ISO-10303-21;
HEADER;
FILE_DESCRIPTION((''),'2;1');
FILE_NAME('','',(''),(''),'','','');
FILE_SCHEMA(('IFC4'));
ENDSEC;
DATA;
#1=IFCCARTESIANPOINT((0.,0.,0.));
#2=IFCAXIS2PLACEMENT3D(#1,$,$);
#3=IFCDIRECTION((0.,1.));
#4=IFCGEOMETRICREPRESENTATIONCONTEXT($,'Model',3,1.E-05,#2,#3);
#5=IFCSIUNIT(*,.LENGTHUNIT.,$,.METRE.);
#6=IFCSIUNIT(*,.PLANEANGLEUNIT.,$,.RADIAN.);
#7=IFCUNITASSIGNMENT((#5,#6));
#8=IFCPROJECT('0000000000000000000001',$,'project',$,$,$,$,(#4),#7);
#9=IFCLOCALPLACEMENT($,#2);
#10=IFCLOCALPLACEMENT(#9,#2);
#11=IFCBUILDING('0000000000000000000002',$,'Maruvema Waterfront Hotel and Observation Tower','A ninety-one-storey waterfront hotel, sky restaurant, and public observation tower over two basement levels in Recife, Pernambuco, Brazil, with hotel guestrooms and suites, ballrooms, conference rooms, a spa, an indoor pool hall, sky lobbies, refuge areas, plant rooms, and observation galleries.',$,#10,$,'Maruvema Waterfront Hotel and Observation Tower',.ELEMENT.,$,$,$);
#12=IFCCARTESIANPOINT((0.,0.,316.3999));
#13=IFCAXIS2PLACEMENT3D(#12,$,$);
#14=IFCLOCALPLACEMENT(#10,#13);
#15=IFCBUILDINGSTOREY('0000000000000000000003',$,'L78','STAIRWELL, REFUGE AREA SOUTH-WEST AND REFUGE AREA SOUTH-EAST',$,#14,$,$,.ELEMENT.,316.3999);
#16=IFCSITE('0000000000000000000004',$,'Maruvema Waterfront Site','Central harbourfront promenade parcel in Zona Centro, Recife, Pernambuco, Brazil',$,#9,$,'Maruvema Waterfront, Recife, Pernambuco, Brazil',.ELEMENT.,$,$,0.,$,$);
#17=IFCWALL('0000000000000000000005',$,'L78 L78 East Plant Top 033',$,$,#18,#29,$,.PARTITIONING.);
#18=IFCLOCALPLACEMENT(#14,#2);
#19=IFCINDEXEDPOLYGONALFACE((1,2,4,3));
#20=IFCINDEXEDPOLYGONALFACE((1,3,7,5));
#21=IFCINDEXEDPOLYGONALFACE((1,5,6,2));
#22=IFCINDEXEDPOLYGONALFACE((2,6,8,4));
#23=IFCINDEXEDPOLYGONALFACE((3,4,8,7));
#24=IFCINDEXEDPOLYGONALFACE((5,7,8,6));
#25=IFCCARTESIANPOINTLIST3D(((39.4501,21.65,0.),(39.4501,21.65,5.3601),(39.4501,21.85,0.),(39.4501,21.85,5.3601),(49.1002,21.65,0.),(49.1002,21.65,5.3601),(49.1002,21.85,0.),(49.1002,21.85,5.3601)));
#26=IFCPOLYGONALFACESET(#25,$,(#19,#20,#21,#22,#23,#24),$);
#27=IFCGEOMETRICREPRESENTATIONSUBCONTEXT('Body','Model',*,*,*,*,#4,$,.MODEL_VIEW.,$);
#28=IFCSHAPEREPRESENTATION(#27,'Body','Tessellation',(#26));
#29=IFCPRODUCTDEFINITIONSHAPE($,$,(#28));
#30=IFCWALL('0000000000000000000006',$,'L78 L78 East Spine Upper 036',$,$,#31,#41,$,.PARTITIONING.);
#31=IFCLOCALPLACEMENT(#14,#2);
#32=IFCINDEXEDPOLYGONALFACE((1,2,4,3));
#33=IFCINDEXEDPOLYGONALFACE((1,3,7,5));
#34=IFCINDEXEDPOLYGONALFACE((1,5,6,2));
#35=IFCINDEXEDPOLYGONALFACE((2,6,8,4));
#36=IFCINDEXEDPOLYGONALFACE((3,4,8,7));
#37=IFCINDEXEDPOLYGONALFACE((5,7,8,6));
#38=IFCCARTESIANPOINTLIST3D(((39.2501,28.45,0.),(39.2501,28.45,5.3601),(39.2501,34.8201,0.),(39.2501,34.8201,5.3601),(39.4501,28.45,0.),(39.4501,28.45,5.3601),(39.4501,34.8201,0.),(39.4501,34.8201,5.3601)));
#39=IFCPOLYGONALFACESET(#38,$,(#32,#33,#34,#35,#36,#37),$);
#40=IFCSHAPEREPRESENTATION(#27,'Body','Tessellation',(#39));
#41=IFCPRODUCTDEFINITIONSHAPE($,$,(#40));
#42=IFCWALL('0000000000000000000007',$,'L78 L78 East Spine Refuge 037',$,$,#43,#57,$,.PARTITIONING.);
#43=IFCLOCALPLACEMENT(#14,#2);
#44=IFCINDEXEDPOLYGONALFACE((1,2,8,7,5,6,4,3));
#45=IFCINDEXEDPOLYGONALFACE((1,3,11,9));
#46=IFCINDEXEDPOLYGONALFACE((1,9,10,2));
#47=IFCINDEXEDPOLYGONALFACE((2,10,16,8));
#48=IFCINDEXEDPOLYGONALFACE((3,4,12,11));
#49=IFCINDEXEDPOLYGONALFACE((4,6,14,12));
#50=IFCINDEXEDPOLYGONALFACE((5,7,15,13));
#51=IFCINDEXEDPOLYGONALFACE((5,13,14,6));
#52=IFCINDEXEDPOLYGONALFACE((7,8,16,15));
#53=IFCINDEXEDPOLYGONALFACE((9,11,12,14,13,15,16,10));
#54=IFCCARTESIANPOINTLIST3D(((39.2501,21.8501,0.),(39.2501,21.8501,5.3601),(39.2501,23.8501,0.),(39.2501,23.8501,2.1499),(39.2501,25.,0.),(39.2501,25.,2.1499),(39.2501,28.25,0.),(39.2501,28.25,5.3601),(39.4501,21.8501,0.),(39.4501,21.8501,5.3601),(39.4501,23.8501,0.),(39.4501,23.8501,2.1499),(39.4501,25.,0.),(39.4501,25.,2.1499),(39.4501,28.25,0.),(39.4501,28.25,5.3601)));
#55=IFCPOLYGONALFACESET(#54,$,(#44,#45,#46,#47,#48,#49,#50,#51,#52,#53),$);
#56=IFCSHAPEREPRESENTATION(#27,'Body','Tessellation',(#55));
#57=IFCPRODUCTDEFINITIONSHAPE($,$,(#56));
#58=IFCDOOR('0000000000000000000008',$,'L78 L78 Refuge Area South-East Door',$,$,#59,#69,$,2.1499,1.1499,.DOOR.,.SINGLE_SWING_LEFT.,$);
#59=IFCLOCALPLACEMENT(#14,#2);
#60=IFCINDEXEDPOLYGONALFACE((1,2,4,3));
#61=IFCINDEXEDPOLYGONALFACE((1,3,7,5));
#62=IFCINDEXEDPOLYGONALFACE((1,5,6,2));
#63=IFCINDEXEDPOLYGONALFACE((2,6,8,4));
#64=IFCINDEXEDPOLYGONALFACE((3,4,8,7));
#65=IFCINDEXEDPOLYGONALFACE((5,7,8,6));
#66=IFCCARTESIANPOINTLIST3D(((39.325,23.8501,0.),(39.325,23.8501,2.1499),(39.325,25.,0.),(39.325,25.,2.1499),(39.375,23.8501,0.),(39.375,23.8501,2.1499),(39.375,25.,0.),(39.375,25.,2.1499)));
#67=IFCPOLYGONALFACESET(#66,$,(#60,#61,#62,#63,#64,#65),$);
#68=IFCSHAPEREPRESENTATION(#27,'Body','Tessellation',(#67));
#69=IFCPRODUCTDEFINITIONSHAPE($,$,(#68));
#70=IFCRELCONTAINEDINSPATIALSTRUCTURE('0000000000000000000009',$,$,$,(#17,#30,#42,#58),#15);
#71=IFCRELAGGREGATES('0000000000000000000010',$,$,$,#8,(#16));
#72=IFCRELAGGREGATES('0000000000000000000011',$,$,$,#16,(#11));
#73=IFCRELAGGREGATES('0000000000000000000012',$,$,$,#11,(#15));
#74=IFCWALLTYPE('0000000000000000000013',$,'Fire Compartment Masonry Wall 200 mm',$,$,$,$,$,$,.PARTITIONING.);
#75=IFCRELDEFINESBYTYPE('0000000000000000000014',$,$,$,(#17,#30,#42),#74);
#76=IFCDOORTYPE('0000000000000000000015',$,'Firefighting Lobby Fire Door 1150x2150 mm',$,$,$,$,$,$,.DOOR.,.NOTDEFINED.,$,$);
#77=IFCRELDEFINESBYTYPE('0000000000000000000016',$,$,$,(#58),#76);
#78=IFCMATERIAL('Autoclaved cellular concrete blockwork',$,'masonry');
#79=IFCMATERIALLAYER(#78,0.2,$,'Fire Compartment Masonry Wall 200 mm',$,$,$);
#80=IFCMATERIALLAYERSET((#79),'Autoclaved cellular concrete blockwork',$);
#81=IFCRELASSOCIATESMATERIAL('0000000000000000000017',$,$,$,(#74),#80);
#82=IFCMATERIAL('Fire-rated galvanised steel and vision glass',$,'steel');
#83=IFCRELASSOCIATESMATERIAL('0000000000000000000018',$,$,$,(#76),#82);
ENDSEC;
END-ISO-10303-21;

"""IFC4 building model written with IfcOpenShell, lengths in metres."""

from ifc_helpers import new_model, si_unit, direction, frame, frame_2d, origin, place, context, subcontext, project, spatial, rectangle, extrude, material, layer, layer_set, type_object, element, fill, save


model = new_model("IFC4")

# Units and contexts
model_context = context("Model", 3, precision=1e-05, world=origin(), true_north=direction((0.0, 1.0)))
body_context = subcontext(model_context, "Body", "Model", "MODEL_VIEW")
ifc_project = project(units=[si_unit("LENGTHUNIT", "METRE"), si_unit("PLANEANGLEUNIT", "RADIAN")], contexts=[model_context])

# Site, building, storey
site_placement = place(None, origin())
site = spatial("IfcSite", under=ifc_project, at=site_placement, Name="Maruvema Waterfront Site", Description="Central harbourfront promenade parcel in Zona Centro, Recife, Pernambuco, Brazil", LongName="Maruvema Waterfront, Recife, Pernambuco, Brazil", CompositionType="ELEMENT", RefElevation=0.0)
building_placement = place(site_placement, origin())
building = spatial("IfcBuilding", under=site, at=building_placement, Name="Maruvema Waterfront Hotel and Observation Tower", Description="A ninety-one-storey waterfront hotel, sky restaurant, and public observation tower over two basement levels in Recife, Pernambuco, Brazil, with hotel guestrooms and suites, ballrooms, conference rooms, a spa, an indoor pool hall, sky lobbies, refuge areas, plant rooms, and observation galleries.", LongName="Maruvema Waterfront Hotel and Observation Tower", CompositionType="ELEMENT")
storey_placement = place(building_placement, frame((0.0, 0.0, 316.3999)))
storey = spatial("IfcBuildingStorey", under=building, at=storey_placement, Name="L78", Description="STAIRWELL, REFUGE AREA SOUTH-WEST AND REFUGE AREA SOUTH-EAST", CompositionType="ELEMENT", Elevation=316.3999)

# Shared definitions
ifc_material_1 = material(Name="Autoclaved cellular concrete blockwork", Category="masonry")
ifc_layer_1 = layer(ifc_material_1, 0.2, Name="Fire Compartment Masonry Wall 200 mm")
ifc_layer_set_1 = layer_set([ifc_layer_1], Name="Autoclaved cellular concrete blockwork")
wall_type = type_object("IfcWallType", Name="Fire Compartment Masonry Wall 200 mm", PredefinedType="PARTITIONING", material=ifc_layer_set_1)

# Shared definitions
ifc_material_2 = material(Name="Fire-rated galvanised steel and vision glass", Category="steel")
door_type = type_object("IfcDoorType", Name="Firefighting Lobby Fire Door 1150x2150 mm", OperationType="NOTDEFINED", PredefinedType="DOOR", material=ifc_material_2)

# Walls
for number, where, z_axis, x_axis, name in (
    (1, (39.45, 21.75, 0.0), (0.0, 0.0, 1.0), (1.0, 0.0, 0.0), "L78 L78 East Plant Top 033"),
):
    element("IfcWall", number, at=place(storey_placement, frame(where, z_axis=z_axis, x_axis=x_axis)), inside=storey, type_object=wall_type, Name=name, PredefinedType="PARTITIONING", context=body_context, shape_type="SweptSolid", body=[
        extrude(rectangle(XDim=9.6501, YDim=0.2, at=frame_2d((4.8252, 0.0))), origin(), (0.0, 0.0, 1.0), 5.3601),
    ])
wall_1_placement = place(storey_placement, frame((39.3501, 28.45, 0.0), z_axis=(0.0, 0.0, 1.0), x_axis=(0.0, 1.0, 0.0)))
element("IfcWall", 2, at=wall_1_placement, inside=storey, type_object=wall_type, Name="L78 L78 East Spine Upper 036", PredefinedType="PARTITIONING", context=body_context, shape_type="SweptSolid", body=[
    extrude(rectangle(XDim=6.3701, YDim=0.2, at=frame_2d((3.1851, 0.0))), origin(), (0.0, 0.0, 1.0), 5.3601),
])

# Wall, opening, door
wall_2_placement = place(storey_placement, frame((39.3501, 21.8501, 0.0), z_axis=(0.0, 0.0, 1.0), x_axis=(0.0, 1.0, 0.0)))
wall_2 = element("IfcWall", 3, at=wall_2_placement, inside=storey, type_object=wall_type, Name="L78 L78 East Spine Refuge 037", PredefinedType="PARTITIONING", context=body_context, shape_type="SweptSolid", body=[
    extrude(rectangle(XDim=6.3999, YDim=0.2, at=frame_2d((3.2, 0.0))), origin(), (0.0, 0.0, 1.0), 5.3601),
])
opening_1_placement = place(wall_2_placement, frame((2.0, 0.0, 0.0)))
opening_1 = element("IfcOpeningElement", 4, at=opening_1_placement, cuts=wall_2, PredefinedType="OPENING", context=body_context, shape_type="SweptSolid", body=[
    extrude(rectangle(XDim=1.1499, YDim=2.1499, at=frame_2d((0.575, 1.075))), frame((0.0, 0.1099, 0.0), z_axis=(0.0, -1.0, 0.0), x_axis=(1.0, 0.0, 0.0)), (0.0, 0.0, 1.0), 0.22),
])
door_1_placement = place(opening_1_placement, frame((1.1499, 0.0, 0.0), z_axis=(0.0, 0.0, 1.0), x_axis=(-1.0, 0.0, 0.0)))
door_1 = element("IfcDoor", 5, at=door_1_placement, inside=storey, type_object=door_type, Name="L78 L78 Refuge Area South-East Door", OperationType="SINGLE_SWING_LEFT", OverallHeight=2.1499, OverallWidth=1.1499, PredefinedType="DOOR", context=body_context, shape_type="SweptSolid", body=[
    extrude(rectangle(XDim=1.1499, YDim=2.1499, at=frame_2d((0.575, 1.075))), frame((0.0, 0.0249, 0.0), z_axis=(0.0, -1.0, 0.0), x_axis=(1.0, 0.0, 0.0)), (0.0, 0.0, 1.0), 0.05),
])
fill(opening_1, door_1)

save(model, "model.ifc")
